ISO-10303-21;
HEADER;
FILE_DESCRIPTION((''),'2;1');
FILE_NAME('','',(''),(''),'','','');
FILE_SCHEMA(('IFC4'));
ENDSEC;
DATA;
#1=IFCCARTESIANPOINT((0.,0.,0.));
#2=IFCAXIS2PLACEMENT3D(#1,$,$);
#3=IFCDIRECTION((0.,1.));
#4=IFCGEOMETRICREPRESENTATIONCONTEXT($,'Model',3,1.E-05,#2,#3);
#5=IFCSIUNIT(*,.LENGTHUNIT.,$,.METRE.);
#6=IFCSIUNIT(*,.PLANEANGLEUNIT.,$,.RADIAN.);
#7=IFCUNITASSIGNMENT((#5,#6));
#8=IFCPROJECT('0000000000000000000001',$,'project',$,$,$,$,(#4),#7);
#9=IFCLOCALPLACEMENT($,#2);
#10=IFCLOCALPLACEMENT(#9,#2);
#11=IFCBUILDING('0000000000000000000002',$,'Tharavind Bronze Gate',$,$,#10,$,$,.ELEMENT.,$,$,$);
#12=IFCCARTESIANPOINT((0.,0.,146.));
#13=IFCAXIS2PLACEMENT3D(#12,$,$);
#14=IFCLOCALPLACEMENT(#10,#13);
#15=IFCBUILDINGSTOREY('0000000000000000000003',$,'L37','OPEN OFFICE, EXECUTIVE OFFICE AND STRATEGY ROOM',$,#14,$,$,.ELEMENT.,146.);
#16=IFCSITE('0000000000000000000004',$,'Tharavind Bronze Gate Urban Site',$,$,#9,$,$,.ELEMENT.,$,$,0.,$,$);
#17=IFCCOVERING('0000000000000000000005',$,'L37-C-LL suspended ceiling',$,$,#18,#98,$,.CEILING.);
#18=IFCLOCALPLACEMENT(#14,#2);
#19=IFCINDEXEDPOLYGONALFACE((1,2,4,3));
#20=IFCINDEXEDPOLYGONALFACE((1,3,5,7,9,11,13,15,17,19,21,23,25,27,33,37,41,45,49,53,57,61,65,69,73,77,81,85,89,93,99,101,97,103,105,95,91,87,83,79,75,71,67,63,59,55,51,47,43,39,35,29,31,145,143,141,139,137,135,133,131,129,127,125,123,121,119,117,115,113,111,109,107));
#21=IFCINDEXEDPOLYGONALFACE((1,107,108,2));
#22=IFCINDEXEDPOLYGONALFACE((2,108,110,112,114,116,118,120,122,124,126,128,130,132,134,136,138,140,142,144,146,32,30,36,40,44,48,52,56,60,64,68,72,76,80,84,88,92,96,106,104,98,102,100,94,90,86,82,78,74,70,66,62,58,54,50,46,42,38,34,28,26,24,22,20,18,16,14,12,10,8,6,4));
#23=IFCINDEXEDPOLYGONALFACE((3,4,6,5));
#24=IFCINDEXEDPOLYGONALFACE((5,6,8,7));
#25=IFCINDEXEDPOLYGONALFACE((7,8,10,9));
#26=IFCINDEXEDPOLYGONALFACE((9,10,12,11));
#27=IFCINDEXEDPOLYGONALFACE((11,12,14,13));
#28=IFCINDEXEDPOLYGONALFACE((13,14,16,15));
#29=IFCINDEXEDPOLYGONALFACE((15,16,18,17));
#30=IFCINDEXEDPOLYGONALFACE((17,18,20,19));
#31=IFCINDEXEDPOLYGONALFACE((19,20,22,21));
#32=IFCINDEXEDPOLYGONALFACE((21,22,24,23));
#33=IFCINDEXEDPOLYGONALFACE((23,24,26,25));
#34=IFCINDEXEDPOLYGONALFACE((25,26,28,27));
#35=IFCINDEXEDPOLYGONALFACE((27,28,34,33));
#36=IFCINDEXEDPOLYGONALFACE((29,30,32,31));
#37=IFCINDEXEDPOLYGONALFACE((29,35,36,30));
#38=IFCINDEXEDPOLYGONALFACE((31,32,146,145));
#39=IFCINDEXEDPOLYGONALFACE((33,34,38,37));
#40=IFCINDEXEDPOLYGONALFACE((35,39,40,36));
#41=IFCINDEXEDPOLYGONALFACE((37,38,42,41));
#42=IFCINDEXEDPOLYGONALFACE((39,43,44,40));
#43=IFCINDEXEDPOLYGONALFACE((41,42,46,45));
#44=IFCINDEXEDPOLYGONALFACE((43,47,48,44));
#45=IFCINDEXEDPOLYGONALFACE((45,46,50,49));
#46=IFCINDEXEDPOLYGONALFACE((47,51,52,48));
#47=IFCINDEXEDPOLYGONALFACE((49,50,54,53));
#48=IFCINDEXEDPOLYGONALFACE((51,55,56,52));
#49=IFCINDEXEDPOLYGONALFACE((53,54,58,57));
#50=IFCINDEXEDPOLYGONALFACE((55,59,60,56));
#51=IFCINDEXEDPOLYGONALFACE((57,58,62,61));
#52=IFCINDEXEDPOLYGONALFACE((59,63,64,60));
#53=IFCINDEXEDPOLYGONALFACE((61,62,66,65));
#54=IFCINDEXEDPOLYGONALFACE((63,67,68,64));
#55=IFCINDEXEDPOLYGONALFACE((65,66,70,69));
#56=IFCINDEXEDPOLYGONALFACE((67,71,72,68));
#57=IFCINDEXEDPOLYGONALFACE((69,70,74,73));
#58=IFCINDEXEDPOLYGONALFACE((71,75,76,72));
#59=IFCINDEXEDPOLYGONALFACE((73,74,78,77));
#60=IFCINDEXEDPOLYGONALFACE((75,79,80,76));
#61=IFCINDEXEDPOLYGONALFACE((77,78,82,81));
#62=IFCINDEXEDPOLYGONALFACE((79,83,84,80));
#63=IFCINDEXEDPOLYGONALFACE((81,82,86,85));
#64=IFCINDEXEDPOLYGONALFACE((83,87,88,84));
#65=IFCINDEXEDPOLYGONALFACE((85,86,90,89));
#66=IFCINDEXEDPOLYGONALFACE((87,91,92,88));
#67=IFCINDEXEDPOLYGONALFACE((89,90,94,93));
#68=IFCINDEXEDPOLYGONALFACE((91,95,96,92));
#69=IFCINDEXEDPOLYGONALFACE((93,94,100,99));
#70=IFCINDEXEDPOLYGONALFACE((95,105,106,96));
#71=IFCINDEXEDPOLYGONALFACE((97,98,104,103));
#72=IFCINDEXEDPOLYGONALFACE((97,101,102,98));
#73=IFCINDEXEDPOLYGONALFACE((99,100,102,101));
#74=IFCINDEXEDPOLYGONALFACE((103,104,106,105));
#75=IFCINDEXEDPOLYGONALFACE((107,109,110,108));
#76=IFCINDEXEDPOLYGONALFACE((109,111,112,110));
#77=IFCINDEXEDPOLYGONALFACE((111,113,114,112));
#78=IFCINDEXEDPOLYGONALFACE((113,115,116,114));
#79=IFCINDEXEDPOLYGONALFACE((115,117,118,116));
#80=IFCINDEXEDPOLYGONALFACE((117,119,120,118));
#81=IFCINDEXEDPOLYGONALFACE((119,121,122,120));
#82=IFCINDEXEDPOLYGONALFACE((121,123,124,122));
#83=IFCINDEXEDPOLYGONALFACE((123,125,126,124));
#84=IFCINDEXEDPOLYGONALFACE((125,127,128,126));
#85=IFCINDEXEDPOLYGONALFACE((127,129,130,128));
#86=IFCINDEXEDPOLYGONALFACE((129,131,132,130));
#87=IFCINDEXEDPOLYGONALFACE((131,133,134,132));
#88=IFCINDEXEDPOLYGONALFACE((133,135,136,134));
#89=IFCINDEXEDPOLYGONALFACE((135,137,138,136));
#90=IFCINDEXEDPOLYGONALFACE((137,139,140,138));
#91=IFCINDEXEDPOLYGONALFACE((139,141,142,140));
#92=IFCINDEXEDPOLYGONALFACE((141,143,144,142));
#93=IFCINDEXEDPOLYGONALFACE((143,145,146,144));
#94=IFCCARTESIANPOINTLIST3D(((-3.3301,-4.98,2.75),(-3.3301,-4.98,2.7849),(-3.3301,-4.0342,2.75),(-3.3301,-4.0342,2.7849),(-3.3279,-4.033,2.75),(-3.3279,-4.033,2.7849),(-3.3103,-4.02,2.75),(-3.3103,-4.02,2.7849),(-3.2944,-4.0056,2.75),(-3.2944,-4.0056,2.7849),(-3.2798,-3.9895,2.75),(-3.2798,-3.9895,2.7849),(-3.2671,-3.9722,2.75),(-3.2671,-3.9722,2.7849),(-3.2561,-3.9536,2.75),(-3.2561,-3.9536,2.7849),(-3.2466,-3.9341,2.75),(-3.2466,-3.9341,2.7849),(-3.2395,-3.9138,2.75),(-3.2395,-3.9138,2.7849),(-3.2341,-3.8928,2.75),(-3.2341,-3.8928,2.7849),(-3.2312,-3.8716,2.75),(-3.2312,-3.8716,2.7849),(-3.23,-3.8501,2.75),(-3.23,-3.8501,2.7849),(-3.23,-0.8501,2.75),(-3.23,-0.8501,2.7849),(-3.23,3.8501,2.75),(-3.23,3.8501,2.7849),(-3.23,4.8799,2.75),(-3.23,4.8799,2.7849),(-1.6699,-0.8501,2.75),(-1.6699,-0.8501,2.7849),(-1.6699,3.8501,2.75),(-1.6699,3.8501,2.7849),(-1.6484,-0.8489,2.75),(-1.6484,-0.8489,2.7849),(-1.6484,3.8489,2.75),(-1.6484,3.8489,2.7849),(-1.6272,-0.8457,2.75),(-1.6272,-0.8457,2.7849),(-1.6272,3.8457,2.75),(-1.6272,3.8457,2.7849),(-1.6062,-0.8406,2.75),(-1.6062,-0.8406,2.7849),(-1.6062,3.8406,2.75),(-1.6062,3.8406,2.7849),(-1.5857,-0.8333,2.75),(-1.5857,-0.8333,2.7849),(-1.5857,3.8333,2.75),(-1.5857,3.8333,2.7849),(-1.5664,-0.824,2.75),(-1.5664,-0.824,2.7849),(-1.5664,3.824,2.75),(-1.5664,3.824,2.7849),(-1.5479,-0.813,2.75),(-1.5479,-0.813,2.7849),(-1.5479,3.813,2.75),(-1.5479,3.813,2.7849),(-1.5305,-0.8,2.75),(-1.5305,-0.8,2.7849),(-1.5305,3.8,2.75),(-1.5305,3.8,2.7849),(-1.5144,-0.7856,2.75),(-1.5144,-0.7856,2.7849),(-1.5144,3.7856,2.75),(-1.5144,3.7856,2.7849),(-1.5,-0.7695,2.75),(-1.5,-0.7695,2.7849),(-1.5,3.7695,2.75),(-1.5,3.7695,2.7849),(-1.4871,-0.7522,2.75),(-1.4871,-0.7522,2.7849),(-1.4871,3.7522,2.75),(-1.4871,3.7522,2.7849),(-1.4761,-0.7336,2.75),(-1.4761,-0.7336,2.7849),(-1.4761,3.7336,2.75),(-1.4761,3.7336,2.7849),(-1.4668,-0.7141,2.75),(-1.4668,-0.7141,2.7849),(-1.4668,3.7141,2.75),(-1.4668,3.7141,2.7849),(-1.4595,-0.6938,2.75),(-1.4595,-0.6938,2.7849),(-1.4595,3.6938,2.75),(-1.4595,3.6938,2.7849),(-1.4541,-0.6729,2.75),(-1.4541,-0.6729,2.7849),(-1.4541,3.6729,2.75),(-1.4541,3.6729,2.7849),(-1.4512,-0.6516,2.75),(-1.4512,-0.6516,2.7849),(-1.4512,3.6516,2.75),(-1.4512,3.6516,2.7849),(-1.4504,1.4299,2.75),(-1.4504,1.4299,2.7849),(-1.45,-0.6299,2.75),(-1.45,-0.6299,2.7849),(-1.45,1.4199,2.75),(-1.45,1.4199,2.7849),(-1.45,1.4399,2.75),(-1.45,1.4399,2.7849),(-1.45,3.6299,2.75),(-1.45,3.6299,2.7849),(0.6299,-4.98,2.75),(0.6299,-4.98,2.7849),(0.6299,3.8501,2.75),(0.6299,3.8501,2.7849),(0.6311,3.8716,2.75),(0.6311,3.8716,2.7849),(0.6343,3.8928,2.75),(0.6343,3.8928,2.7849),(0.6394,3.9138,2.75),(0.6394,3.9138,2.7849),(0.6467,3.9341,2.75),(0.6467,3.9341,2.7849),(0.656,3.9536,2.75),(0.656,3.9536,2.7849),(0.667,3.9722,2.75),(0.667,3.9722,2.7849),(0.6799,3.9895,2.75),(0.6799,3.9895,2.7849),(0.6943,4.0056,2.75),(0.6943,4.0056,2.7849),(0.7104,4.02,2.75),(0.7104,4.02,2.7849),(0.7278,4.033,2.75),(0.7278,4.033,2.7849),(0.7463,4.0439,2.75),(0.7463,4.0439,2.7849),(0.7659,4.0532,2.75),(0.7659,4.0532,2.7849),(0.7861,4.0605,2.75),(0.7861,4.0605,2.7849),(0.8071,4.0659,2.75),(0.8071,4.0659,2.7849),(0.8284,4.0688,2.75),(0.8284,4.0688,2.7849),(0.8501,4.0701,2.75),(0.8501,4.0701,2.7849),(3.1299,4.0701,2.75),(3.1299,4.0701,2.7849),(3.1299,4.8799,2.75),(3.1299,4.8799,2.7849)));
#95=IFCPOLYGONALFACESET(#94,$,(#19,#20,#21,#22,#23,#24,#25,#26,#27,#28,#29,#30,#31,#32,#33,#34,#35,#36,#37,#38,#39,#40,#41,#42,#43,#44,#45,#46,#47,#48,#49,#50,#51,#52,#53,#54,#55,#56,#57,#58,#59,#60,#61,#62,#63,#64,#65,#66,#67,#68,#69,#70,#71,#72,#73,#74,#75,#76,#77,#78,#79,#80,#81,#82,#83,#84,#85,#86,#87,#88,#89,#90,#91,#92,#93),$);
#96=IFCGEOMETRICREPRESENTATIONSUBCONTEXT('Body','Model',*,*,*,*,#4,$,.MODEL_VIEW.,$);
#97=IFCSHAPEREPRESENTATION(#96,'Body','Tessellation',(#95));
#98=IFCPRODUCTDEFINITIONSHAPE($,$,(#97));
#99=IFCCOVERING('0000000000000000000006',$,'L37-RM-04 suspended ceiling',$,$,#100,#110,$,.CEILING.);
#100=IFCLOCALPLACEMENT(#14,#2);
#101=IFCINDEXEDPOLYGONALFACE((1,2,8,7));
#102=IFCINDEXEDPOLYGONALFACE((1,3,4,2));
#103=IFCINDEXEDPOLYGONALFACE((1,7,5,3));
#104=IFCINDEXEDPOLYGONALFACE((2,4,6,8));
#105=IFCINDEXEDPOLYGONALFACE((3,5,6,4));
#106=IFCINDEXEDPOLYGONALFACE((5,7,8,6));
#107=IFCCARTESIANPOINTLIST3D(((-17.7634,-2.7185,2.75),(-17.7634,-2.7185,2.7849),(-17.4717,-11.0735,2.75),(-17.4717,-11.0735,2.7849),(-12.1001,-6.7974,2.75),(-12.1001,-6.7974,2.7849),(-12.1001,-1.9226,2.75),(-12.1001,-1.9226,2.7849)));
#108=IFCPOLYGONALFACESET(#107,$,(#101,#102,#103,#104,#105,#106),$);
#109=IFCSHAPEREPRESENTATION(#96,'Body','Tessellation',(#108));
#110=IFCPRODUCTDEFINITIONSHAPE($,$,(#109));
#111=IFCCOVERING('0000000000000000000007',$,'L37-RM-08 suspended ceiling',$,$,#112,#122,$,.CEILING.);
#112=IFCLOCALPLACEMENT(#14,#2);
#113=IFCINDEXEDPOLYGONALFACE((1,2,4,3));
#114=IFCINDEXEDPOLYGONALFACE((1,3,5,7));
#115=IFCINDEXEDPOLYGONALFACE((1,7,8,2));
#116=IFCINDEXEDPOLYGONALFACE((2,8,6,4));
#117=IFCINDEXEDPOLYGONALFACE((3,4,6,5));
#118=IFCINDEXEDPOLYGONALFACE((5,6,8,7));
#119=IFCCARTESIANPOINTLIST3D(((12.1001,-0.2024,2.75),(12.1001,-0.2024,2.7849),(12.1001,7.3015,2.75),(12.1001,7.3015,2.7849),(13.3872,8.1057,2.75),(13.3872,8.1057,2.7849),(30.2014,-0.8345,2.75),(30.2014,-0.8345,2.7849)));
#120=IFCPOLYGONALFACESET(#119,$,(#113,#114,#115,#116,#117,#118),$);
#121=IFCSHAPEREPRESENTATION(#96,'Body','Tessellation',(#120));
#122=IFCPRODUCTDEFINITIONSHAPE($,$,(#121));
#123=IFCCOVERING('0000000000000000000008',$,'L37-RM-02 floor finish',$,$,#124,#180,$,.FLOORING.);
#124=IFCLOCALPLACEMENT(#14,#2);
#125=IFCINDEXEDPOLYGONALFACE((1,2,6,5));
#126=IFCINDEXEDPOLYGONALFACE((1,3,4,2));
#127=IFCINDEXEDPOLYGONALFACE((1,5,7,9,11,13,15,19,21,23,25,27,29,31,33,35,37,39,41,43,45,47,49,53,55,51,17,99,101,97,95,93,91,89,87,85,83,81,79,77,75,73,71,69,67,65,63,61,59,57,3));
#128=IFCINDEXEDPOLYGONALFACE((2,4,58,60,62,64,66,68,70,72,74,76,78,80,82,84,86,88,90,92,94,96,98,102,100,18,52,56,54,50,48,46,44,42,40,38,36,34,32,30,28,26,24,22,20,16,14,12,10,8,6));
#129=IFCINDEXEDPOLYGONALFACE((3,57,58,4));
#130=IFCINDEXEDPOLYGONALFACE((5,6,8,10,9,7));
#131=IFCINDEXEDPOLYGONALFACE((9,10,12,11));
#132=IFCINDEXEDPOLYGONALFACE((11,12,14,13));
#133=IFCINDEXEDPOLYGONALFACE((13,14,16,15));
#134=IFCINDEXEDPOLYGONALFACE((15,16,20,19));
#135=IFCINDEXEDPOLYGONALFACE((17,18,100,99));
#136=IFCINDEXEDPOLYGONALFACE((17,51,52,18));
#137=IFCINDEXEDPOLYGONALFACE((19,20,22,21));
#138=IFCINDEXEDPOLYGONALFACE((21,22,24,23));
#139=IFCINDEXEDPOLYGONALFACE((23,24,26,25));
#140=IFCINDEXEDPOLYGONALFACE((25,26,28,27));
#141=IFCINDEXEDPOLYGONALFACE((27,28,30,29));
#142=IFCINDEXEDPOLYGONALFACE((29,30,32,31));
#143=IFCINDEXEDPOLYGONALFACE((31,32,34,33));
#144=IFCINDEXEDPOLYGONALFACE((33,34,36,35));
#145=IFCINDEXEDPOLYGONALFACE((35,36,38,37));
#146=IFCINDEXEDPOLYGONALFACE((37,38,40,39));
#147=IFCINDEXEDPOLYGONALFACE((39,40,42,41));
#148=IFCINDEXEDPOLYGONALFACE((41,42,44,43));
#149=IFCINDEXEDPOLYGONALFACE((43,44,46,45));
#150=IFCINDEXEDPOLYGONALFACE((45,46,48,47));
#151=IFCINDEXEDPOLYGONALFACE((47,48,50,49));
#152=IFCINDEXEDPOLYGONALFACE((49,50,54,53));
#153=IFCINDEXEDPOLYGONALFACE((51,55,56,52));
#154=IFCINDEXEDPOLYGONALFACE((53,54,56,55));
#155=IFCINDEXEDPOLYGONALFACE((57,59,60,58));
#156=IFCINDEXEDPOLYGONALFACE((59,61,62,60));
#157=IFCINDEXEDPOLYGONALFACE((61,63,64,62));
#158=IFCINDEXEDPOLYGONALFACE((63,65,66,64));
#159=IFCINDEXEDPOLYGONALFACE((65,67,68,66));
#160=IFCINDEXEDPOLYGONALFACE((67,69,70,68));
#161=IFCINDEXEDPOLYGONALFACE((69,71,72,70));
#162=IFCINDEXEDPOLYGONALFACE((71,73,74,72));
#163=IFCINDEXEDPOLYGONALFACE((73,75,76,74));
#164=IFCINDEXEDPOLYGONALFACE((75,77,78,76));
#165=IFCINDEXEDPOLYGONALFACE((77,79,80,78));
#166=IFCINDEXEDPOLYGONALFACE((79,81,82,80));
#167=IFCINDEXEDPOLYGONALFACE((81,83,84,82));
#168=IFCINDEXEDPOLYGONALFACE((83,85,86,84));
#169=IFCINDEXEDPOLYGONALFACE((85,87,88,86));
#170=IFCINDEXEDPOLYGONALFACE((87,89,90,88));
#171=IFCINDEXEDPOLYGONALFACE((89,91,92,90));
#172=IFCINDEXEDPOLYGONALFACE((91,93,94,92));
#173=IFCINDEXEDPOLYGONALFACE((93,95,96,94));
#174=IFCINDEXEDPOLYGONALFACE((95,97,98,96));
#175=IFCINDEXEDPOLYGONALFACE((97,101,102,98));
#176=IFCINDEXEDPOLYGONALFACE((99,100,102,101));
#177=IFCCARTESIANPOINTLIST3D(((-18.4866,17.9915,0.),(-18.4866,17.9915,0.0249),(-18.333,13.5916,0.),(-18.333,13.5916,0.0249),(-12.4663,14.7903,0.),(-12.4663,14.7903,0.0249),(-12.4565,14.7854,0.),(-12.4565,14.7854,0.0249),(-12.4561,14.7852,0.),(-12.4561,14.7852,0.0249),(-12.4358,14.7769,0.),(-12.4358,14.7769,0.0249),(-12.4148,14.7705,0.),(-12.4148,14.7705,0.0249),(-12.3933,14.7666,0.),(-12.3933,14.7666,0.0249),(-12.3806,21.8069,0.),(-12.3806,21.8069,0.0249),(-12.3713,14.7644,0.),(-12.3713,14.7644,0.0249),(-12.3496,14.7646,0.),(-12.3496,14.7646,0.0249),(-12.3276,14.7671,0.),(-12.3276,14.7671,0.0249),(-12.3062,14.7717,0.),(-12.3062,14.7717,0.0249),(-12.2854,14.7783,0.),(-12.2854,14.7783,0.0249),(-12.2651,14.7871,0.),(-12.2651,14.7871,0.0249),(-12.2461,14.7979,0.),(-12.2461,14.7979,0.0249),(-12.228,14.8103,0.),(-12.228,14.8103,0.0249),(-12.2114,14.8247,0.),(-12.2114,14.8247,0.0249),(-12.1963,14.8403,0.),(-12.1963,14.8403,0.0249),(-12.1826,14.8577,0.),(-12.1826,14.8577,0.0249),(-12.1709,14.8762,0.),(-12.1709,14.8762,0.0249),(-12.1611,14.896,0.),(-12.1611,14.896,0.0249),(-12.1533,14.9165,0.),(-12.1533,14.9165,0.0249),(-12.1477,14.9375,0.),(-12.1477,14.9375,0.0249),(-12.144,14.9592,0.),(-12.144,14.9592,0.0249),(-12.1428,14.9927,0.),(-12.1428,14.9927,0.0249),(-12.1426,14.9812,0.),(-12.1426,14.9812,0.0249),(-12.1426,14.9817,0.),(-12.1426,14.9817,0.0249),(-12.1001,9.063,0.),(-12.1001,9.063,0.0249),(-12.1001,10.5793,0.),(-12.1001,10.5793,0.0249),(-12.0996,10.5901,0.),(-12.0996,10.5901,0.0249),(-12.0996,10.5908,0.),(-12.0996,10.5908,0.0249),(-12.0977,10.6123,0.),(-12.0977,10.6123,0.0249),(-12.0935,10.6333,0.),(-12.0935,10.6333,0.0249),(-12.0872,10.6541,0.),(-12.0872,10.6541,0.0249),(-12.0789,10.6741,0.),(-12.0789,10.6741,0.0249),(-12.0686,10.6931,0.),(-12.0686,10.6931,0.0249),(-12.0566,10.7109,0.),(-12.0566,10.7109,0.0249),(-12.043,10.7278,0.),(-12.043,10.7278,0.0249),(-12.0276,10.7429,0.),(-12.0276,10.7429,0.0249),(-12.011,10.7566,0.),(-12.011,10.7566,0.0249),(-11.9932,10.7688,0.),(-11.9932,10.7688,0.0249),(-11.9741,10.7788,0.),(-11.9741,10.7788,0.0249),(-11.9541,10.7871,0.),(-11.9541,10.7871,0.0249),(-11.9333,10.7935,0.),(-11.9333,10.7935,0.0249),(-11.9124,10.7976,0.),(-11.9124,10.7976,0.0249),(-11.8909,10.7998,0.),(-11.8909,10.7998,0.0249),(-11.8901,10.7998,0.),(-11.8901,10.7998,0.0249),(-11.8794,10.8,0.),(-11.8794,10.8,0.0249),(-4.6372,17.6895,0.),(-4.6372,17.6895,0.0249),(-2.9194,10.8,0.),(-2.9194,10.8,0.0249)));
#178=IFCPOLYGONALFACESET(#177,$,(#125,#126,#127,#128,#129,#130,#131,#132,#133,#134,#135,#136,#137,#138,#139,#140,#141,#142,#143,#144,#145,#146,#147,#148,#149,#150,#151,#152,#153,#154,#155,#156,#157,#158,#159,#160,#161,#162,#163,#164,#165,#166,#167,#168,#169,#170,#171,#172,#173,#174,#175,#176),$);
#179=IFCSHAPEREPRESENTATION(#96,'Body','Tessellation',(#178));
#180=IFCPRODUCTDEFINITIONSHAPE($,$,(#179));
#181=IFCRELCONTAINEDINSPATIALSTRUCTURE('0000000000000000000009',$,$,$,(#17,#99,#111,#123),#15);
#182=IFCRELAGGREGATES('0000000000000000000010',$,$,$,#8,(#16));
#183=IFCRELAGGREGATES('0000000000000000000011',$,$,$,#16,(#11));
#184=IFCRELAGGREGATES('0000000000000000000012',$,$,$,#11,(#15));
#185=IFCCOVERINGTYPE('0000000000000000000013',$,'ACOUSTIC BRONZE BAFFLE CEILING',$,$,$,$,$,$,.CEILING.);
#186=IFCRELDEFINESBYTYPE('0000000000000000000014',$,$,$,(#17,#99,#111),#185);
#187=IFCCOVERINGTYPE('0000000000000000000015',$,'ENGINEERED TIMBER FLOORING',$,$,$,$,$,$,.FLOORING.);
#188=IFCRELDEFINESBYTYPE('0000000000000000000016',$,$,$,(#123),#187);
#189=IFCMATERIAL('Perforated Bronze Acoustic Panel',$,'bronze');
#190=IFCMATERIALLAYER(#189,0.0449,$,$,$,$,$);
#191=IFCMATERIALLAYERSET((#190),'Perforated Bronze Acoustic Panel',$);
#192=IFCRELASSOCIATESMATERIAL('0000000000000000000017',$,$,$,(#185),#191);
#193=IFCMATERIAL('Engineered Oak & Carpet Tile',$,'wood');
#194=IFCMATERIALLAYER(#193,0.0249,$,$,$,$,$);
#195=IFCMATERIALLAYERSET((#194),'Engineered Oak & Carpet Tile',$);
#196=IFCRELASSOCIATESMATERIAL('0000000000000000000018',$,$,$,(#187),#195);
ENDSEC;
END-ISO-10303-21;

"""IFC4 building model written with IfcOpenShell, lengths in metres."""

from ifc_helpers import new_model, si_unit, direction, frame, origin, place, context, subcontext, project, spatial, polyline, outline, extrude, material, layer, layer_set, type_object, element, save


model = new_model("IFC4")

# Units and contexts
model_context = context("Model", 3, precision=1e-05, world=origin(), true_north=direction((0.0, 1.0)))
body_context = subcontext(model_context, "Body", "Model", "MODEL_VIEW")
ifc_project = project(units=[si_unit("LENGTHUNIT", "METRE"), si_unit("PLANEANGLEUNIT", "RADIAN")], contexts=[model_context])

# Site, building, storey
site_placement = place(None, origin())
site = spatial("IfcSite", under=ifc_project, at=site_placement, Name="Tharavind Bronze Gate Urban Site", CompositionType="ELEMENT", RefElevation=0.0)
building_placement = place(site_placement, origin())
building = spatial("IfcBuilding", under=site, at=building_placement, Name="Tharavind Bronze Gate", CompositionType="ELEMENT")
storey_placement = place(building_placement, frame((0.0, 0.0, 146.0)))
storey = spatial("IfcBuildingStorey", under=building, at=storey_placement, Name="L37", Description="OPEN OFFICE, EXECUTIVE OFFICE AND STRATEGY ROOM", CompositionType="ELEMENT", Elevation=146.0)

# Coverings
ifc_material_1 = material(Name="Perforated Bronze Acoustic Panel", Category="bronze")
ifc_layer_1 = layer(ifc_material_1, 0.0449)
ifc_layer_set_1 = layer_set([ifc_layer_1], Name="Perforated Bronze Acoustic Panel")
covering_type_1 = type_object("IfcCoveringType", Name="ACOUSTIC BRONZE BAFFLE CEILING", PredefinedType="CEILING", material=ifc_layer_set_1)
covering_1_placement = place(storey_placement, frame((0.0, 0.0, 2.75)))
element("IfcCovering", 1, at=covering_1_placement, inside=storey, type_object=covering_type_1, Name="L37-C-LL suspended ceiling", PredefinedType="CEILING", context=body_context, shape_type="SweptSolid", body=[
    extrude(outline(polyline([(-3.3301, -4.98), (0.6299, -4.98), (0.6299, 3.8501), (0.6311, 3.8716), (0.6343, 3.8928), (0.6394, 3.9138), (0.6467, 3.9341), (0.656, 3.9536), (0.667, 3.9722), (0.6799, 3.9895), (0.6943, 4.0056), (0.7104, 4.02), (0.7278, 4.033), (0.7463, 4.0439), (0.7659, 4.0532), (0.7861, 4.0605), (0.8071, 4.0659), (0.8284, 4.0688), (0.8501, 4.0701), (3.1299, 4.0701), (3.1299, 4.8799), (-3.23, 4.8799), (-3.23, 3.8501), (-1.6699, 3.8501), (-1.6484, 3.8489), (-1.6272, 3.8457), (-1.6062, 3.8406), (-1.5857, 3.8333), (-1.5664, 3.824), (-1.5479, 3.813), (-1.5305, 3.8), (-1.5144, 3.7856), (-1.5, 3.7695), (-1.4871, 3.7522), (-1.4761, 3.7336), (-1.4668, 3.7141), (-1.4595, 3.6938), (-1.4541, 3.6729), (-1.4512, 3.6516), (-1.45, 3.6299), (-1.45, 1.4399), (-1.4504, 1.4299), (-1.45, 1.4199), (-1.45, -0.6299), (-1.4512, -0.6516), (-1.4541, -0.6729), (-1.4595, -0.6938), (-1.4668, -0.7141), (-1.4761, -0.7336), (-1.4871, -0.7522), (-1.5, -0.7695), (-1.5144, -0.7856), (-1.5305, -0.8), (-1.5479, -0.813), (-1.5664, -0.824), (-1.5857, -0.8333), (-1.6062, -0.8406), (-1.6272, -0.8457), (-1.6484, -0.8489), (-1.6699, -0.8501), (-3.23, -0.8501), (-3.23, -3.8501), (-3.2312, -3.8716), (-3.2341, -3.8928), (-3.2395, -3.9138), (-3.2466, -3.9341), (-3.2561, -3.9536), (-3.2671, -3.9722), (-3.2798, -3.9895), (-3.2944, -4.0056), (-3.3103, -4.02), (-3.3279, -4.033), (-3.3301, -4.0342), (-3.3301, -4.98)])), origin(), (0.0, 0.0, 1.0), 0.0349),
])
covering_2_placement = place(storey_placement, frame((0.0, 0.0, 2.75)))
element("IfcCovering", 2, at=covering_2_placement, inside=storey, type_object=covering_type_1, Name="L37-RM-04 suspended ceiling", PredefinedType="CEILING", context=body_context, shape_type="SweptSolid", body=[
    extrude(outline(polyline([(-17.4717, -11.0735), (-12.1001, -6.7974), (-12.1001, -1.9226), (-17.7634, -2.7185), (-17.4717, -11.0735)])), origin(), (0.0, 0.0, 1.0), 0.0349),
])
covering_3_placement = place(storey_placement, frame((0.0, 0.0, 2.75)))
element("IfcCovering", 3, at=covering_3_placement, inside=storey, type_object=covering_type_1, Name="L37-RM-08 suspended ceiling", PredefinedType="CEILING", context=body_context, shape_type="SweptSolid", body=[
    extrude(outline(polyline([(30.2014, -0.8345), (13.3872, 8.1057), (12.1001, 7.3015), (12.1001, -0.2024), (30.2014, -0.8345)])), origin(), (0.0, 0.0, 1.0), 0.0349),
])
ifc_material_2 = material(Name="Engineered Oak & Carpet Tile", Category="wood")
ifc_layer_2 = layer(ifc_material_2, 0.0249)
ifc_layer_set_2 = layer_set([ifc_layer_2], Name="Engineered Oak & Carpet Tile")
covering_type_2 = type_object("IfcCoveringType", Name="ENGINEERED TIMBER FLOORING", PredefinedType="FLOORING", material=ifc_layer_set_2)
covering_4_placement = place(storey_placement, origin())
element("IfcCovering", 4, at=covering_4_placement, inside=storey, type_object=covering_type_2, Name="L37-RM-02 floor finish", PredefinedType="FLOORING", context=body_context, shape_type="SweptSolid", body=[
    extrude(outline(polyline([(-18.333, 13.5916), (-12.1001, 9.063), (-12.1001, 10.5793), (-12.0996, 10.5901), (-12.0996, 10.5908), (-12.0977, 10.6123), (-12.0935, 10.6333), (-12.0872, 10.6541), (-12.0789, 10.6741), (-12.0686, 10.6931), (-12.0566, 10.7109), (-12.043, 10.7278), (-12.0276, 10.7429), (-12.011, 10.7566), (-11.9932, 10.7688), (-11.9741, 10.7788), (-11.9541, 10.7871), (-11.9333, 10.7935), (-11.9124, 10.7976), (-11.8909, 10.7998), (-11.8901, 10.7998), (-11.8794, 10.8), (-2.9194, 10.8), (-4.6372, 17.6895), (-12.3806, 21.8069), (-12.1428, 14.9927), (-12.1426, 14.9817), (-12.1426, 14.9812), (-12.144, 14.9592), (-12.1477, 14.9375), (-12.1533, 14.9165), (-12.1611, 14.896), (-12.1709, 14.8762), (-12.1826, 14.8577), (-12.1963, 14.8403), (-12.2114, 14.8247), (-12.228, 14.8103), (-12.2461, 14.7979), (-12.2651, 14.7871), (-12.2854, 14.7783), (-12.3062, 14.7717), (-12.3276, 14.7671), (-12.3496, 14.7646), (-12.3713, 14.7644), (-12.3933, 14.7666), (-12.4148, 14.7705), (-12.4358, 14.7769), (-12.4561, 14.7852), (-12.4565, 14.7854), (-12.4663, 14.7903), (-18.4866, 17.9915), (-18.333, 13.5916)])), origin(), (0.0, 0.0, 1.0), 0.0249),
])

save(model, "model.ifc")
